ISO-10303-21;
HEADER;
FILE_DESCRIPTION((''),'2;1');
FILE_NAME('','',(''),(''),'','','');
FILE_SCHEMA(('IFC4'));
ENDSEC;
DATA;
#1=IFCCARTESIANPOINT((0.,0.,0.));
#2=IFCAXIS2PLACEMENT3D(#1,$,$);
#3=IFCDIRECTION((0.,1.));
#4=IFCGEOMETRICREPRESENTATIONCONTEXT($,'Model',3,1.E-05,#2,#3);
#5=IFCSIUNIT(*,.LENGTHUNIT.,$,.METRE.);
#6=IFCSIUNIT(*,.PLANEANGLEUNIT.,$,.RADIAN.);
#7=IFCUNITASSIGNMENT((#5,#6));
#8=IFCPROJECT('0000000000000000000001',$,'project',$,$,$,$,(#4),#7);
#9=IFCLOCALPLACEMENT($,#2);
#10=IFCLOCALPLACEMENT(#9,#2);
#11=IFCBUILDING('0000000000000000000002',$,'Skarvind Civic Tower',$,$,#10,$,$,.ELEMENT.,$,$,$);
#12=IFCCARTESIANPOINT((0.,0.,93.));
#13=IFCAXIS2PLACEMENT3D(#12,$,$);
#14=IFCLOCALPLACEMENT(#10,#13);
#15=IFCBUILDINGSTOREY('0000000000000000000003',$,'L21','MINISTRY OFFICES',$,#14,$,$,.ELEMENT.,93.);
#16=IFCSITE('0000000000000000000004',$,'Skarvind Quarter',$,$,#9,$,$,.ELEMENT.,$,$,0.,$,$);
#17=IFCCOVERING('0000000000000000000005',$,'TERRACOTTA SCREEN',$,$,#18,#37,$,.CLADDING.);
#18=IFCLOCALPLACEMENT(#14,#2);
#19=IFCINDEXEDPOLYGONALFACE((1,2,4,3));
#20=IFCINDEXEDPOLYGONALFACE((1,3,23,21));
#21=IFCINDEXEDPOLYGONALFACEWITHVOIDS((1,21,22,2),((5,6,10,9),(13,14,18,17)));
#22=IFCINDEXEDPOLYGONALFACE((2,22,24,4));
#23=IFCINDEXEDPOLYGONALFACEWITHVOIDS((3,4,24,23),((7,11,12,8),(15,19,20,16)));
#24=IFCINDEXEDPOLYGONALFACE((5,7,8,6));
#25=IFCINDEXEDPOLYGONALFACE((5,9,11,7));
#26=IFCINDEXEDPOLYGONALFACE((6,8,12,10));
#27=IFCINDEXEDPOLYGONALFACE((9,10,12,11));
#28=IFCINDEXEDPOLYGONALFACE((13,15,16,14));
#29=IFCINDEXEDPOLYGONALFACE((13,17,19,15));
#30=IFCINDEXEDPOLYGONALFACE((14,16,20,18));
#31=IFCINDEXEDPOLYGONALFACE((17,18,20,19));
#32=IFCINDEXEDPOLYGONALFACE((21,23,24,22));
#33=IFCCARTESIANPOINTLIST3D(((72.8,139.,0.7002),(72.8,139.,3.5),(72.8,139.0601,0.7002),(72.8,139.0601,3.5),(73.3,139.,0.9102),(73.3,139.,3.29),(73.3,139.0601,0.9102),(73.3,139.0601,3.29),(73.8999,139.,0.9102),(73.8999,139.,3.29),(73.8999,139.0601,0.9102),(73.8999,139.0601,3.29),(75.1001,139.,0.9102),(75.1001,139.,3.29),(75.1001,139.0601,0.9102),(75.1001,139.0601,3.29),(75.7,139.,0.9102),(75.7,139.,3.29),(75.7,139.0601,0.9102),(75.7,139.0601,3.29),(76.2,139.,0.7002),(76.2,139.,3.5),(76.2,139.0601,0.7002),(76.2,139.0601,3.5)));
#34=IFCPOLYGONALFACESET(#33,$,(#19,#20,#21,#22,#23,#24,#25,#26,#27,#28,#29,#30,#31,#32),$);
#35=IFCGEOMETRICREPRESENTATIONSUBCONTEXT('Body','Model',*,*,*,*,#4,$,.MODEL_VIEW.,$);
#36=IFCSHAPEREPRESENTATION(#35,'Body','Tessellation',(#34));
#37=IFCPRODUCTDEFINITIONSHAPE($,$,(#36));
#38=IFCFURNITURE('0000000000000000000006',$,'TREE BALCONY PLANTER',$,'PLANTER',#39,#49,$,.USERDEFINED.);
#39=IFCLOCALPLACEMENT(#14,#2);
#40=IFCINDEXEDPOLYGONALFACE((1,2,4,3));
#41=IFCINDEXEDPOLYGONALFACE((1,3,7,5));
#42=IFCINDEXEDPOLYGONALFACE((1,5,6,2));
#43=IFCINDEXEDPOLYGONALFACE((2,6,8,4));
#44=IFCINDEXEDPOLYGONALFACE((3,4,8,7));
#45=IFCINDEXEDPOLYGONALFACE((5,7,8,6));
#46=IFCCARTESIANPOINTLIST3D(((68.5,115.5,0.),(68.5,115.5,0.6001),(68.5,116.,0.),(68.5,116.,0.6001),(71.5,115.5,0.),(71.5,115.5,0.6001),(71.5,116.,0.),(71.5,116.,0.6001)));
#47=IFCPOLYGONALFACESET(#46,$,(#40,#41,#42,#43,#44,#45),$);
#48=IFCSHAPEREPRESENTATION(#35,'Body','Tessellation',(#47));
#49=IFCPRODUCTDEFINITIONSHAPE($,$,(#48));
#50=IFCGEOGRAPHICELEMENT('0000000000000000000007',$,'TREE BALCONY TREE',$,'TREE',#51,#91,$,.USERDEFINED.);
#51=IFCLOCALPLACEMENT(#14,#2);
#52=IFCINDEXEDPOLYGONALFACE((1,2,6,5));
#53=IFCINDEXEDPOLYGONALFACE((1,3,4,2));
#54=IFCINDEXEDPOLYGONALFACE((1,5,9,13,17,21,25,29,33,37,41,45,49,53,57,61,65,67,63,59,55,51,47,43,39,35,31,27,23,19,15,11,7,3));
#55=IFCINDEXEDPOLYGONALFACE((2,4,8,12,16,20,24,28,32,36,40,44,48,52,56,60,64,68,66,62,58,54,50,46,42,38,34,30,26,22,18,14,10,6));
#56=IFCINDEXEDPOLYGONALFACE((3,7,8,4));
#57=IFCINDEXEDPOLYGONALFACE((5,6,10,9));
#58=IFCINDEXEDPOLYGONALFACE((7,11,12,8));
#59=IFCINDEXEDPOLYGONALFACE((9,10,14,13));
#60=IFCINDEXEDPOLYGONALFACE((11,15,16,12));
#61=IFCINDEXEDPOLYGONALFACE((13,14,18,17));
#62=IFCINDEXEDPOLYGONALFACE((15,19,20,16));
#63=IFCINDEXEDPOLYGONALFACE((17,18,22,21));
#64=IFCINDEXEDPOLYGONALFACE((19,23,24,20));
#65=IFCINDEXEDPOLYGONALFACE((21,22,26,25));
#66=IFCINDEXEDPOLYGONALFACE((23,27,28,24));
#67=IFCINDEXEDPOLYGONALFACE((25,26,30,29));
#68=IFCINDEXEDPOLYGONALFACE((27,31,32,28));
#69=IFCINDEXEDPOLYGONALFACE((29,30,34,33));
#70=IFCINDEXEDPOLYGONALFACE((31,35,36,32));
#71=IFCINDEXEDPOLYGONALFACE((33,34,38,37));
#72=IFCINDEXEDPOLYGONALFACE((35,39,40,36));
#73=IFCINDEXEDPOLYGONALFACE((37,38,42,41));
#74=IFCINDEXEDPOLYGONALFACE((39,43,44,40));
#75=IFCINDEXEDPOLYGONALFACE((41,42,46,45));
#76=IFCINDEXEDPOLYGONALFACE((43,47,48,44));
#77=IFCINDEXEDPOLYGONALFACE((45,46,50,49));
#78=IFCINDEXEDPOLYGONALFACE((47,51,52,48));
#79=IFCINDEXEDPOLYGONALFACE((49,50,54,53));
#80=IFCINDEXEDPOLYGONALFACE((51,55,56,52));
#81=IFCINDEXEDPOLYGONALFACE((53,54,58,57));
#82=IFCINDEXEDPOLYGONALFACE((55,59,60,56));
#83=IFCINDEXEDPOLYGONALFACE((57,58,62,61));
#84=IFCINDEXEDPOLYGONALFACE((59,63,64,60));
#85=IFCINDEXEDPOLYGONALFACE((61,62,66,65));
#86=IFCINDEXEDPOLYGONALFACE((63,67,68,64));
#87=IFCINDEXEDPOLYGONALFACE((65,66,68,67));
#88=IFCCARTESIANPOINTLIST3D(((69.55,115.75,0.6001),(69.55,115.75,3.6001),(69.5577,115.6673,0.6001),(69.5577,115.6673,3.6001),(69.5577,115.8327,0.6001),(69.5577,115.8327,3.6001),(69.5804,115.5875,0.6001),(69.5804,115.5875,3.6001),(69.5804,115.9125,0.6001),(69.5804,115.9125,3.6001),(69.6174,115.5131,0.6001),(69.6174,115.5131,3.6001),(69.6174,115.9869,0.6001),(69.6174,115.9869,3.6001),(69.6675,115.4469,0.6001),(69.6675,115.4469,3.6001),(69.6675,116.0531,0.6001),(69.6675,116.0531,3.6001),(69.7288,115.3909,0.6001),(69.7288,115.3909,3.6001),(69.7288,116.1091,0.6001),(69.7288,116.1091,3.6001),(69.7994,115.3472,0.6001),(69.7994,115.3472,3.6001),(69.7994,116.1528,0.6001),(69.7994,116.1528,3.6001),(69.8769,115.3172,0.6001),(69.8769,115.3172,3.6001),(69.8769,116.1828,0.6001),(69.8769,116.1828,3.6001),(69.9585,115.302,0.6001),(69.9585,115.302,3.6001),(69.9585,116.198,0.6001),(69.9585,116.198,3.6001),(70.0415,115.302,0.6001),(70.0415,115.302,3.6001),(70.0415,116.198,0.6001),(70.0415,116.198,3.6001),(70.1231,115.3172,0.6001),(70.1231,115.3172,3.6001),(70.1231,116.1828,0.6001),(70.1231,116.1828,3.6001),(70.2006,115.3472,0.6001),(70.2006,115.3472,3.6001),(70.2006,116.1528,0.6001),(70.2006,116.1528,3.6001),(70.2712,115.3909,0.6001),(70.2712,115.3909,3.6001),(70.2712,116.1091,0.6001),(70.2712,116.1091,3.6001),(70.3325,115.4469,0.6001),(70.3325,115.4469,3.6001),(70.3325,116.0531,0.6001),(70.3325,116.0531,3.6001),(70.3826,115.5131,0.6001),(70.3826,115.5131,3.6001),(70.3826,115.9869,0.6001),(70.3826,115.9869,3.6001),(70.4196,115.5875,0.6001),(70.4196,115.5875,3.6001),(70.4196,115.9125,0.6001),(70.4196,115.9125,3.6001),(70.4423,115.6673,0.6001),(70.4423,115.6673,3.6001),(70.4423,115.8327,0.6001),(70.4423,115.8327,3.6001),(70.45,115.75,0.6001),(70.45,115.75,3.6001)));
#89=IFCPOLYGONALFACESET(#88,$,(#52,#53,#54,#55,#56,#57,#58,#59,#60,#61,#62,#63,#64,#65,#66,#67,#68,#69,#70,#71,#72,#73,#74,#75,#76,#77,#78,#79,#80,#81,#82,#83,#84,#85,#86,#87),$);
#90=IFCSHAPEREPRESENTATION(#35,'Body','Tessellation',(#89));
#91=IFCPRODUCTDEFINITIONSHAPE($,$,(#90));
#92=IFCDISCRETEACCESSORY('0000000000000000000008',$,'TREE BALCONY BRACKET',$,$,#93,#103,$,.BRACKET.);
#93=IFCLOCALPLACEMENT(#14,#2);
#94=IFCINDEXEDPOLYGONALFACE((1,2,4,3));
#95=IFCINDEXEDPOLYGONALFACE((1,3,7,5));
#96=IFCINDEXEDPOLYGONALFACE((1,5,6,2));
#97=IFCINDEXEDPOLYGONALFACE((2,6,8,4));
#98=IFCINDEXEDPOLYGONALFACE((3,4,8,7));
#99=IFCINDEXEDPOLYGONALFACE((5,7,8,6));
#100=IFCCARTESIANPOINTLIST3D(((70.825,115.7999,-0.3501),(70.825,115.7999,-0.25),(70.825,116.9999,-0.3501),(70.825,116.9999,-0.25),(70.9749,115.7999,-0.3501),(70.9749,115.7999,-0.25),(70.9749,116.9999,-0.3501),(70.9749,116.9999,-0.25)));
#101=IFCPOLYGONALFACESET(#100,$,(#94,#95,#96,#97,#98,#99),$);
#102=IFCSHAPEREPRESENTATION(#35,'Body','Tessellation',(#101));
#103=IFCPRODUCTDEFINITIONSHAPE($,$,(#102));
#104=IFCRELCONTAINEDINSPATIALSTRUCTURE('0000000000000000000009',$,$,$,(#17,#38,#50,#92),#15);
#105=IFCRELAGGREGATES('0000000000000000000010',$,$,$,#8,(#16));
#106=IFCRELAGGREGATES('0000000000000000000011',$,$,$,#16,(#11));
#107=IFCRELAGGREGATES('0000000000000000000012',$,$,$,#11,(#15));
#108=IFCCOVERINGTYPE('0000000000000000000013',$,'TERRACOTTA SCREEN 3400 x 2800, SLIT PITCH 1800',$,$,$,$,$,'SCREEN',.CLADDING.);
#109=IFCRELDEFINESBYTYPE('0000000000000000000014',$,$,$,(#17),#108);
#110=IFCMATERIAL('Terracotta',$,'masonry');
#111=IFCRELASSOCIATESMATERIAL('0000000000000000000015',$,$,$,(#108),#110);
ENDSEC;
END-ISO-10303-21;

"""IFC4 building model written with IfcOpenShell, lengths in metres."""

from ifc_helpers import new_model, si_unit, direction, frame, origin, origin_2d, place, context, subcontext, project, spatial, polyline, rectangle, circle, outline, extrude, material, material_profile, profile_set, type_object, element, save


model = new_model("IFC4")

# Units and contexts
model_context = context("Model", 3, precision=1e-05, world=origin(), true_north=direction((0.0, 1.0)))
body_context = subcontext(model_context, "Body", "Model", "MODEL_VIEW")
ifc_project = project(units=[si_unit("LENGTHUNIT", "METRE"), si_unit("PLANEANGLEUNIT", "RADIAN")], contexts=[model_context])

# Site, building, storey
site_placement = place(None, origin())
site = spatial("IfcSite", under=ifc_project, at=site_placement, Name="Skarvind Quarter", CompositionType="ELEMENT", RefElevation=0.0)
building_placement = place(site_placement, origin())
building = spatial("IfcBuilding", under=site, at=building_placement, Name="Skarvind Civic Tower", CompositionType="ELEMENT")
storey_placement = place(building_placement, frame((0.0, 0.0, 93.0)))
storey = spatial("IfcBuildingStorey", under=building, at=storey_placement, Name="L21", Description="MINISTRY OFFICES", CompositionType="ELEMENT", Elevation=93.0)

# Covering
ifc_material_1 = material(Name="Terracotta", Category="masonry")
ifc_material_profile_1 = material_profile(ifc_material_1, outline(polyline([(-1.7, -1.3999), (1.7, -1.3999), (1.7, 1.3999), (-1.7, 1.3999), (-1.7, -1.3999)]), holes=[polyline([(-1.2, -1.1899), (-0.6001, -1.1899), (-0.6001, 1.1899), (-1.2, 1.1899), (-1.2, -1.1899)]), polyline([(0.6001, -1.1899), (1.2, -1.1899), (1.2, 1.1899), (0.6001, 1.1899), (0.6001, -1.1899)])]), Name="TERRACOTTA SCREEN 3400 x 2800, SLIT PITCH 1800")
ifc_profile_set_1 = profile_set([ifc_material_profile_1], Name="Terracotta")
covering_type_1 = type_object("IfcCoveringType", Name="TERRACOTTA SCREEN 3400 x 2800, SLIT PITCH 1800", ElementType="SCREEN", PredefinedType="CLADDING", material=ifc_profile_set_1)
covering_placement = place(storey_placement, frame((74.5, 139.0, 2.1001), z_axis=(0.0, 1.0, 0.0), x_axis=(-1.0, 0.0, 0.0)))
element("IfcCovering", 1, at=covering_placement, inside=storey, type_object=covering_type_1, Name="TERRACOTTA SCREEN", PredefinedType="CLADDING", context=body_context, shape_type="SweptSolid", body=[
    extrude(outline(polyline([(-1.7, -1.3999), (1.7, -1.3999), (1.7, 1.3999), (-1.7, 1.3999), (-1.7, -1.3999)]), holes=[polyline([(-1.2, -1.1899), (-0.6001, -1.1899), (-0.6001, 1.1899), (-1.2, 1.1899), (-1.2, -1.1899)]), polyline([(0.6001, -1.1899), (1.2, -1.1899), (1.2, 1.1899), (0.6001, 1.1899), (0.6001, -1.1899)])]), origin(), (0.0, 0.0, 1.0), 0.0601),
])

# Furniture
furniture_placement = place(storey_placement, frame((70.0, 115.75, 0.0), z_axis=(0.0, 0.0, 1.0), x_axis=(-1.0, 0.0, 0.0)))
element("IfcFurniture", 2, at=furniture_placement, inside=storey, Name="TREE BALCONY PLANTER", ObjectType="PLANTER", PredefinedType="USERDEFINED", context=body_context, shape_type="SweptSolid", body=[
    extrude(rectangle(XDim=3.0, YDim=0.5, at=origin_2d()), origin(), (0.0, 0.0, 1.0), 0.6001),
])

# Geographic element
geographic_element_placement = place(storey_placement, frame((70.0, 115.75, 0.6001), z_axis=(0.0, 0.0, 1.0), x_axis=(1.0, 0.0, 0.0)))
element("IfcGeographicElement", 3, at=geographic_element_placement, inside=storey, Name="TREE BALCONY TREE", ObjectType="TREE", PredefinedType="USERDEFINED", context=body_context, shape_type="SweptSolid", body=[
    extrude(circle(Radius=0.45, at=origin_2d()), origin(), (0.0, 0.0, 1.0), 3.0),
])

# Discrete accessory
discrete_accessory_placement = place(storey_placement, frame((70.8999, 116.3999, -0.3501), z_axis=(0.0, 0.0, 1.0), x_axis=(-1.0, 0.0, 0.0)))
element("IfcDiscreteAccessory", 4, at=discrete_accessory_placement, inside=storey, Name="TREE BALCONY BRACKET", PredefinedType="BRACKET", context=body_context, shape_type="SweptSolid", body=[
    extrude(rectangle(XDim=0.1499, YDim=1.2, at=origin_2d()), origin(), (0.0, 0.0, 1.0), 0.1001),
])

save(model, "model.ifc")
